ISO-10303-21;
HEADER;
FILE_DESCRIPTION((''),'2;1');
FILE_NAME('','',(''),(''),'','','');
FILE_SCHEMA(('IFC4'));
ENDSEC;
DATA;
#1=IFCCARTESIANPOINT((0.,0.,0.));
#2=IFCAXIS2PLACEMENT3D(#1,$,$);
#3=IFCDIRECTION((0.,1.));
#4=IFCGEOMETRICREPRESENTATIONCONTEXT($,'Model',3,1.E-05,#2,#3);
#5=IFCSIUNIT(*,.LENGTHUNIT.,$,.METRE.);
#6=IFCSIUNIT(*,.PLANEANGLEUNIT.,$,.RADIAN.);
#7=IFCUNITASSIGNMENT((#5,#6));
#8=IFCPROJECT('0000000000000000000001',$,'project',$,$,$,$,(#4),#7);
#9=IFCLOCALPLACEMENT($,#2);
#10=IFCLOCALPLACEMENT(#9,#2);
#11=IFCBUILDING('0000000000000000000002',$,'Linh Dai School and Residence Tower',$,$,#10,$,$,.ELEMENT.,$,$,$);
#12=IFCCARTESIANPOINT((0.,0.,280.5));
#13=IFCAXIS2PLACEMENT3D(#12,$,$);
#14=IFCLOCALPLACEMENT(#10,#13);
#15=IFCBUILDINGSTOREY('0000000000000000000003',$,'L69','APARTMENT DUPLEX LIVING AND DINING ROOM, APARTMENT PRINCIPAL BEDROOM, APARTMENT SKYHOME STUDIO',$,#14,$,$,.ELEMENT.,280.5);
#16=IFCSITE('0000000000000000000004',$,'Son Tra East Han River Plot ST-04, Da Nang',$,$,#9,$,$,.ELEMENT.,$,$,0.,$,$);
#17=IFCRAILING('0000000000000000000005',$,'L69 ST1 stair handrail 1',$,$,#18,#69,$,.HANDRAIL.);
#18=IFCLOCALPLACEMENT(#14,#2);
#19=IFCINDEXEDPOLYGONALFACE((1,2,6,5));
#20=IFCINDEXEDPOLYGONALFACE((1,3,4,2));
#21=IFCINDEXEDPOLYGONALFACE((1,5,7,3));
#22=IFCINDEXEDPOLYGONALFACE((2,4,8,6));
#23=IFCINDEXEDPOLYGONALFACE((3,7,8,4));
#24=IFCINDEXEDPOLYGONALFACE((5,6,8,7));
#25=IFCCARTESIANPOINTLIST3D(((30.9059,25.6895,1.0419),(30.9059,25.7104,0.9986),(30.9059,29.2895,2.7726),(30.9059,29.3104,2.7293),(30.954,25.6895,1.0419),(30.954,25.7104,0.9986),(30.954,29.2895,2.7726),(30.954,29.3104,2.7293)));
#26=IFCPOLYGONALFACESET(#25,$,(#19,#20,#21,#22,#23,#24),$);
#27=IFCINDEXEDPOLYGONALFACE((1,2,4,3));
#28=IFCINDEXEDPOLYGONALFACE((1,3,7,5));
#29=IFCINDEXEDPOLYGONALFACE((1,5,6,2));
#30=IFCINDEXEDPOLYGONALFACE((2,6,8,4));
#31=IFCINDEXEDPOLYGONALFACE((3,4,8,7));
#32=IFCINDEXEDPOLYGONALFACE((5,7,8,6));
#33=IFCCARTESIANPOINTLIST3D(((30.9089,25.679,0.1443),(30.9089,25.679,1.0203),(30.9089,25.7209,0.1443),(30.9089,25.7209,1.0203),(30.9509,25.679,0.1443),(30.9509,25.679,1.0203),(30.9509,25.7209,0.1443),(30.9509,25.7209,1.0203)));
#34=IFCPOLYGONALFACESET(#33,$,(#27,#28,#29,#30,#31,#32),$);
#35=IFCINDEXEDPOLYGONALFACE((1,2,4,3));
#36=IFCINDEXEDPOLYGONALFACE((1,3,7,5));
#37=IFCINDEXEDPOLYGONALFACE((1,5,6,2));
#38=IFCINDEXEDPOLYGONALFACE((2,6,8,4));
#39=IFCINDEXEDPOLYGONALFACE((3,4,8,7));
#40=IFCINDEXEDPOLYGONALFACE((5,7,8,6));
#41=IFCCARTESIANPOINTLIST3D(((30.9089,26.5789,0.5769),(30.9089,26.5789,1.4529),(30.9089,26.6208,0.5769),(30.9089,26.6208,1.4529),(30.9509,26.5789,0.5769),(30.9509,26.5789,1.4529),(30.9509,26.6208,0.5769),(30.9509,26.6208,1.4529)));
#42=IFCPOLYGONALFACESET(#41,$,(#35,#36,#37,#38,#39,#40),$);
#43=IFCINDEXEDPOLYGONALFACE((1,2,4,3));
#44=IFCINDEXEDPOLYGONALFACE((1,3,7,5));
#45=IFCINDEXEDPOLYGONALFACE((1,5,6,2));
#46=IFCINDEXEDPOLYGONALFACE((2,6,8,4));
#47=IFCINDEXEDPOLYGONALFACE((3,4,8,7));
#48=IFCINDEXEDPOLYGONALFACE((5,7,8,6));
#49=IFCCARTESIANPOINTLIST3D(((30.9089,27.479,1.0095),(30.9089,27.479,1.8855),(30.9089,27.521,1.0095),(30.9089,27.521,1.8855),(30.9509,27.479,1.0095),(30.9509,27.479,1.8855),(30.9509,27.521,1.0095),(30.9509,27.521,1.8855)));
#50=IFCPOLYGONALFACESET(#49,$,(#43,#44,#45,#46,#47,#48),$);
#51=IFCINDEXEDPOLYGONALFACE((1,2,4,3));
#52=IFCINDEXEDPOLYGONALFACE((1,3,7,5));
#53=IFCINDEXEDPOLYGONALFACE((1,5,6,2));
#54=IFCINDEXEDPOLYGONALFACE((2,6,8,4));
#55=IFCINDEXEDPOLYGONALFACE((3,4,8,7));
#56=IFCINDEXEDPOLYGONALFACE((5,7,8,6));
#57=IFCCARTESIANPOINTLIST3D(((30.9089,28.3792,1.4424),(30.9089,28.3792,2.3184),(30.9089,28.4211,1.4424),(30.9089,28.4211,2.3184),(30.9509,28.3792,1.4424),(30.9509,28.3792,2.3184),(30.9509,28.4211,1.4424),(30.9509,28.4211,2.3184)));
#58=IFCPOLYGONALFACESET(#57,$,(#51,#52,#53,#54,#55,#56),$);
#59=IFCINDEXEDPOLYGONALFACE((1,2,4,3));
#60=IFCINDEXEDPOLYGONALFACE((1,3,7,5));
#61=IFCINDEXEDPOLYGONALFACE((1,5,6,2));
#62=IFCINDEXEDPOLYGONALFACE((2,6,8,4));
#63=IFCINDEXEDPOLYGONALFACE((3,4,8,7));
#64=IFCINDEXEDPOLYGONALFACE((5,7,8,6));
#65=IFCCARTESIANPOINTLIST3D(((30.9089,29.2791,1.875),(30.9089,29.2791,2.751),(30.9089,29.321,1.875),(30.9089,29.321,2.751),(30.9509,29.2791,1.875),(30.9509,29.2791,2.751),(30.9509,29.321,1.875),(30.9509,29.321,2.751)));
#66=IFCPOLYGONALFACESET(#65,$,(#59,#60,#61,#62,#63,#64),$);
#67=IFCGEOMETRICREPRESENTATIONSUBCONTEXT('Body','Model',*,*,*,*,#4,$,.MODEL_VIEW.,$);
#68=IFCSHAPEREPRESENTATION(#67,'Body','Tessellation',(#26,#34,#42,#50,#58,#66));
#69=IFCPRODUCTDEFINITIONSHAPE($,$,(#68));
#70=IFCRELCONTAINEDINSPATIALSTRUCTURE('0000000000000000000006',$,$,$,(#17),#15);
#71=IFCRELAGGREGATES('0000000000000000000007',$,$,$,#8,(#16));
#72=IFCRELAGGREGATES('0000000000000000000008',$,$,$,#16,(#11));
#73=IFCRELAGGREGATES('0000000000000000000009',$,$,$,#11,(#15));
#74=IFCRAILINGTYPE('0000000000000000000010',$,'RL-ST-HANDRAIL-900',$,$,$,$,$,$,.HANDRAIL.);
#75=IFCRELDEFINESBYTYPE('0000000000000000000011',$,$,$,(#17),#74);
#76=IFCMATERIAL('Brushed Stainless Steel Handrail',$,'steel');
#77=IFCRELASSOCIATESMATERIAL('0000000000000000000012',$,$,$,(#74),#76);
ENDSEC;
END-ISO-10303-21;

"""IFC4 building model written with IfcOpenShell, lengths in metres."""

from ifc_helpers import new_model, si_unit, direction, frame, origin, origin_2d, place, context, subcontext, project, spatial, rectangle, extrude, source, transform, mapped, material, type_object, element, save


model = new_model("IFC4")

# Units and contexts
model_context = context("Model", 3, precision=1e-05, world=origin(), true_north=direction((0.0, 1.0)))
body_context = subcontext(model_context, "Body", "Model", "MODEL_VIEW")
ifc_project = project(units=[si_unit("LENGTHUNIT", "METRE"), si_unit("PLANEANGLEUNIT", "RADIAN")], contexts=[model_context])

# Site, building, storey
site_placement = place(None, origin())
site = spatial("IfcSite", under=ifc_project, at=site_placement, Name="Son Tra East Han River Plot ST-04, Da Nang", CompositionType="ELEMENT", RefElevation=0.0)
building_placement = place(site_placement, origin())
building = spatial("IfcBuilding", under=site, at=building_placement, Name="Linh Dai School and Residence Tower", CompositionType="ELEMENT")
storey_placement = place(building_placement, frame((0.0, 0.0, 280.5)))
storey = spatial("IfcBuildingStorey", under=building, at=storey_placement, Name="L69", Description="APARTMENT DUPLEX LIVING AND DINING ROOM, APARTMENT PRINCIPAL BEDROOM, APARTMENT SKYHOME STUDIO", CompositionType="ELEMENT", Elevation=280.5)

# Railing
ifc_material_1 = material(Name="Brushed Stainless Steel Handrail", Category="steel")
railing_type_1 = type_object("IfcRailingType", Name="RL-ST-HANDRAIL-900", PredefinedType="HANDRAIL", material=ifc_material_1)
shared_shape_1 = source(origin(), body_context, "Body", "SweptSolid", [
    extrude(rectangle(XDim=0.0481, YDim=0.0481, at=origin_2d()), frame((0.0, 0.0, 0.876), z_axis=(0.0, 0.901263, 0.433273), x_axis=(-1.0, 0.0, 0.0)), (0.0, 0.0, 1.0), 3.9944),
    extrude(rectangle(XDim=0.042, YDim=0.042, at=origin_2d()), origin(), (0.0, 0.0, 1.0), 0.876),
    extrude(rectangle(XDim=0.042, YDim=0.042, at=origin_2d()), frame((0.0, 0.8999, 0.4326)), (0.0, 0.0, 1.0), 0.876),
    extrude(rectangle(XDim=0.042, YDim=0.042, at=origin_2d()), frame((0.0, 1.8, 0.8652)), (0.0, 0.0, 1.0), 0.876),
    extrude(rectangle(XDim=0.042, YDim=0.042, at=origin_2d()), frame((0.0, 2.7002, 1.2981)), (0.0, 0.0, 1.0), 0.876),
    extrude(rectangle(XDim=0.042, YDim=0.042, at=origin_2d()), frame((0.0, 3.6001, 1.7307)), (0.0, 0.0, 1.0), 0.876),
])
railing_1_placement = place(storey_placement, frame((30.9299, 25.7, 0.1443)))
element("IfcRailing", 1, at=railing_1_placement, inside=storey, type_object=railing_type_1, Name="L69 ST1 stair handrail 1", PredefinedType="HANDRAIL", context=body_context, shape_type="MappedRepresentation", body=[
    mapped(shared_shape_1, transform((0.0, 0.0, 0.0), x_axis=(1.0, 0.0, 0.0), y_axis=(0.0, 1.0, 0.0), z_axis=(0.0, 0.0, 1.0), scale=1.0)),
])

save(model, "model.ifc")
